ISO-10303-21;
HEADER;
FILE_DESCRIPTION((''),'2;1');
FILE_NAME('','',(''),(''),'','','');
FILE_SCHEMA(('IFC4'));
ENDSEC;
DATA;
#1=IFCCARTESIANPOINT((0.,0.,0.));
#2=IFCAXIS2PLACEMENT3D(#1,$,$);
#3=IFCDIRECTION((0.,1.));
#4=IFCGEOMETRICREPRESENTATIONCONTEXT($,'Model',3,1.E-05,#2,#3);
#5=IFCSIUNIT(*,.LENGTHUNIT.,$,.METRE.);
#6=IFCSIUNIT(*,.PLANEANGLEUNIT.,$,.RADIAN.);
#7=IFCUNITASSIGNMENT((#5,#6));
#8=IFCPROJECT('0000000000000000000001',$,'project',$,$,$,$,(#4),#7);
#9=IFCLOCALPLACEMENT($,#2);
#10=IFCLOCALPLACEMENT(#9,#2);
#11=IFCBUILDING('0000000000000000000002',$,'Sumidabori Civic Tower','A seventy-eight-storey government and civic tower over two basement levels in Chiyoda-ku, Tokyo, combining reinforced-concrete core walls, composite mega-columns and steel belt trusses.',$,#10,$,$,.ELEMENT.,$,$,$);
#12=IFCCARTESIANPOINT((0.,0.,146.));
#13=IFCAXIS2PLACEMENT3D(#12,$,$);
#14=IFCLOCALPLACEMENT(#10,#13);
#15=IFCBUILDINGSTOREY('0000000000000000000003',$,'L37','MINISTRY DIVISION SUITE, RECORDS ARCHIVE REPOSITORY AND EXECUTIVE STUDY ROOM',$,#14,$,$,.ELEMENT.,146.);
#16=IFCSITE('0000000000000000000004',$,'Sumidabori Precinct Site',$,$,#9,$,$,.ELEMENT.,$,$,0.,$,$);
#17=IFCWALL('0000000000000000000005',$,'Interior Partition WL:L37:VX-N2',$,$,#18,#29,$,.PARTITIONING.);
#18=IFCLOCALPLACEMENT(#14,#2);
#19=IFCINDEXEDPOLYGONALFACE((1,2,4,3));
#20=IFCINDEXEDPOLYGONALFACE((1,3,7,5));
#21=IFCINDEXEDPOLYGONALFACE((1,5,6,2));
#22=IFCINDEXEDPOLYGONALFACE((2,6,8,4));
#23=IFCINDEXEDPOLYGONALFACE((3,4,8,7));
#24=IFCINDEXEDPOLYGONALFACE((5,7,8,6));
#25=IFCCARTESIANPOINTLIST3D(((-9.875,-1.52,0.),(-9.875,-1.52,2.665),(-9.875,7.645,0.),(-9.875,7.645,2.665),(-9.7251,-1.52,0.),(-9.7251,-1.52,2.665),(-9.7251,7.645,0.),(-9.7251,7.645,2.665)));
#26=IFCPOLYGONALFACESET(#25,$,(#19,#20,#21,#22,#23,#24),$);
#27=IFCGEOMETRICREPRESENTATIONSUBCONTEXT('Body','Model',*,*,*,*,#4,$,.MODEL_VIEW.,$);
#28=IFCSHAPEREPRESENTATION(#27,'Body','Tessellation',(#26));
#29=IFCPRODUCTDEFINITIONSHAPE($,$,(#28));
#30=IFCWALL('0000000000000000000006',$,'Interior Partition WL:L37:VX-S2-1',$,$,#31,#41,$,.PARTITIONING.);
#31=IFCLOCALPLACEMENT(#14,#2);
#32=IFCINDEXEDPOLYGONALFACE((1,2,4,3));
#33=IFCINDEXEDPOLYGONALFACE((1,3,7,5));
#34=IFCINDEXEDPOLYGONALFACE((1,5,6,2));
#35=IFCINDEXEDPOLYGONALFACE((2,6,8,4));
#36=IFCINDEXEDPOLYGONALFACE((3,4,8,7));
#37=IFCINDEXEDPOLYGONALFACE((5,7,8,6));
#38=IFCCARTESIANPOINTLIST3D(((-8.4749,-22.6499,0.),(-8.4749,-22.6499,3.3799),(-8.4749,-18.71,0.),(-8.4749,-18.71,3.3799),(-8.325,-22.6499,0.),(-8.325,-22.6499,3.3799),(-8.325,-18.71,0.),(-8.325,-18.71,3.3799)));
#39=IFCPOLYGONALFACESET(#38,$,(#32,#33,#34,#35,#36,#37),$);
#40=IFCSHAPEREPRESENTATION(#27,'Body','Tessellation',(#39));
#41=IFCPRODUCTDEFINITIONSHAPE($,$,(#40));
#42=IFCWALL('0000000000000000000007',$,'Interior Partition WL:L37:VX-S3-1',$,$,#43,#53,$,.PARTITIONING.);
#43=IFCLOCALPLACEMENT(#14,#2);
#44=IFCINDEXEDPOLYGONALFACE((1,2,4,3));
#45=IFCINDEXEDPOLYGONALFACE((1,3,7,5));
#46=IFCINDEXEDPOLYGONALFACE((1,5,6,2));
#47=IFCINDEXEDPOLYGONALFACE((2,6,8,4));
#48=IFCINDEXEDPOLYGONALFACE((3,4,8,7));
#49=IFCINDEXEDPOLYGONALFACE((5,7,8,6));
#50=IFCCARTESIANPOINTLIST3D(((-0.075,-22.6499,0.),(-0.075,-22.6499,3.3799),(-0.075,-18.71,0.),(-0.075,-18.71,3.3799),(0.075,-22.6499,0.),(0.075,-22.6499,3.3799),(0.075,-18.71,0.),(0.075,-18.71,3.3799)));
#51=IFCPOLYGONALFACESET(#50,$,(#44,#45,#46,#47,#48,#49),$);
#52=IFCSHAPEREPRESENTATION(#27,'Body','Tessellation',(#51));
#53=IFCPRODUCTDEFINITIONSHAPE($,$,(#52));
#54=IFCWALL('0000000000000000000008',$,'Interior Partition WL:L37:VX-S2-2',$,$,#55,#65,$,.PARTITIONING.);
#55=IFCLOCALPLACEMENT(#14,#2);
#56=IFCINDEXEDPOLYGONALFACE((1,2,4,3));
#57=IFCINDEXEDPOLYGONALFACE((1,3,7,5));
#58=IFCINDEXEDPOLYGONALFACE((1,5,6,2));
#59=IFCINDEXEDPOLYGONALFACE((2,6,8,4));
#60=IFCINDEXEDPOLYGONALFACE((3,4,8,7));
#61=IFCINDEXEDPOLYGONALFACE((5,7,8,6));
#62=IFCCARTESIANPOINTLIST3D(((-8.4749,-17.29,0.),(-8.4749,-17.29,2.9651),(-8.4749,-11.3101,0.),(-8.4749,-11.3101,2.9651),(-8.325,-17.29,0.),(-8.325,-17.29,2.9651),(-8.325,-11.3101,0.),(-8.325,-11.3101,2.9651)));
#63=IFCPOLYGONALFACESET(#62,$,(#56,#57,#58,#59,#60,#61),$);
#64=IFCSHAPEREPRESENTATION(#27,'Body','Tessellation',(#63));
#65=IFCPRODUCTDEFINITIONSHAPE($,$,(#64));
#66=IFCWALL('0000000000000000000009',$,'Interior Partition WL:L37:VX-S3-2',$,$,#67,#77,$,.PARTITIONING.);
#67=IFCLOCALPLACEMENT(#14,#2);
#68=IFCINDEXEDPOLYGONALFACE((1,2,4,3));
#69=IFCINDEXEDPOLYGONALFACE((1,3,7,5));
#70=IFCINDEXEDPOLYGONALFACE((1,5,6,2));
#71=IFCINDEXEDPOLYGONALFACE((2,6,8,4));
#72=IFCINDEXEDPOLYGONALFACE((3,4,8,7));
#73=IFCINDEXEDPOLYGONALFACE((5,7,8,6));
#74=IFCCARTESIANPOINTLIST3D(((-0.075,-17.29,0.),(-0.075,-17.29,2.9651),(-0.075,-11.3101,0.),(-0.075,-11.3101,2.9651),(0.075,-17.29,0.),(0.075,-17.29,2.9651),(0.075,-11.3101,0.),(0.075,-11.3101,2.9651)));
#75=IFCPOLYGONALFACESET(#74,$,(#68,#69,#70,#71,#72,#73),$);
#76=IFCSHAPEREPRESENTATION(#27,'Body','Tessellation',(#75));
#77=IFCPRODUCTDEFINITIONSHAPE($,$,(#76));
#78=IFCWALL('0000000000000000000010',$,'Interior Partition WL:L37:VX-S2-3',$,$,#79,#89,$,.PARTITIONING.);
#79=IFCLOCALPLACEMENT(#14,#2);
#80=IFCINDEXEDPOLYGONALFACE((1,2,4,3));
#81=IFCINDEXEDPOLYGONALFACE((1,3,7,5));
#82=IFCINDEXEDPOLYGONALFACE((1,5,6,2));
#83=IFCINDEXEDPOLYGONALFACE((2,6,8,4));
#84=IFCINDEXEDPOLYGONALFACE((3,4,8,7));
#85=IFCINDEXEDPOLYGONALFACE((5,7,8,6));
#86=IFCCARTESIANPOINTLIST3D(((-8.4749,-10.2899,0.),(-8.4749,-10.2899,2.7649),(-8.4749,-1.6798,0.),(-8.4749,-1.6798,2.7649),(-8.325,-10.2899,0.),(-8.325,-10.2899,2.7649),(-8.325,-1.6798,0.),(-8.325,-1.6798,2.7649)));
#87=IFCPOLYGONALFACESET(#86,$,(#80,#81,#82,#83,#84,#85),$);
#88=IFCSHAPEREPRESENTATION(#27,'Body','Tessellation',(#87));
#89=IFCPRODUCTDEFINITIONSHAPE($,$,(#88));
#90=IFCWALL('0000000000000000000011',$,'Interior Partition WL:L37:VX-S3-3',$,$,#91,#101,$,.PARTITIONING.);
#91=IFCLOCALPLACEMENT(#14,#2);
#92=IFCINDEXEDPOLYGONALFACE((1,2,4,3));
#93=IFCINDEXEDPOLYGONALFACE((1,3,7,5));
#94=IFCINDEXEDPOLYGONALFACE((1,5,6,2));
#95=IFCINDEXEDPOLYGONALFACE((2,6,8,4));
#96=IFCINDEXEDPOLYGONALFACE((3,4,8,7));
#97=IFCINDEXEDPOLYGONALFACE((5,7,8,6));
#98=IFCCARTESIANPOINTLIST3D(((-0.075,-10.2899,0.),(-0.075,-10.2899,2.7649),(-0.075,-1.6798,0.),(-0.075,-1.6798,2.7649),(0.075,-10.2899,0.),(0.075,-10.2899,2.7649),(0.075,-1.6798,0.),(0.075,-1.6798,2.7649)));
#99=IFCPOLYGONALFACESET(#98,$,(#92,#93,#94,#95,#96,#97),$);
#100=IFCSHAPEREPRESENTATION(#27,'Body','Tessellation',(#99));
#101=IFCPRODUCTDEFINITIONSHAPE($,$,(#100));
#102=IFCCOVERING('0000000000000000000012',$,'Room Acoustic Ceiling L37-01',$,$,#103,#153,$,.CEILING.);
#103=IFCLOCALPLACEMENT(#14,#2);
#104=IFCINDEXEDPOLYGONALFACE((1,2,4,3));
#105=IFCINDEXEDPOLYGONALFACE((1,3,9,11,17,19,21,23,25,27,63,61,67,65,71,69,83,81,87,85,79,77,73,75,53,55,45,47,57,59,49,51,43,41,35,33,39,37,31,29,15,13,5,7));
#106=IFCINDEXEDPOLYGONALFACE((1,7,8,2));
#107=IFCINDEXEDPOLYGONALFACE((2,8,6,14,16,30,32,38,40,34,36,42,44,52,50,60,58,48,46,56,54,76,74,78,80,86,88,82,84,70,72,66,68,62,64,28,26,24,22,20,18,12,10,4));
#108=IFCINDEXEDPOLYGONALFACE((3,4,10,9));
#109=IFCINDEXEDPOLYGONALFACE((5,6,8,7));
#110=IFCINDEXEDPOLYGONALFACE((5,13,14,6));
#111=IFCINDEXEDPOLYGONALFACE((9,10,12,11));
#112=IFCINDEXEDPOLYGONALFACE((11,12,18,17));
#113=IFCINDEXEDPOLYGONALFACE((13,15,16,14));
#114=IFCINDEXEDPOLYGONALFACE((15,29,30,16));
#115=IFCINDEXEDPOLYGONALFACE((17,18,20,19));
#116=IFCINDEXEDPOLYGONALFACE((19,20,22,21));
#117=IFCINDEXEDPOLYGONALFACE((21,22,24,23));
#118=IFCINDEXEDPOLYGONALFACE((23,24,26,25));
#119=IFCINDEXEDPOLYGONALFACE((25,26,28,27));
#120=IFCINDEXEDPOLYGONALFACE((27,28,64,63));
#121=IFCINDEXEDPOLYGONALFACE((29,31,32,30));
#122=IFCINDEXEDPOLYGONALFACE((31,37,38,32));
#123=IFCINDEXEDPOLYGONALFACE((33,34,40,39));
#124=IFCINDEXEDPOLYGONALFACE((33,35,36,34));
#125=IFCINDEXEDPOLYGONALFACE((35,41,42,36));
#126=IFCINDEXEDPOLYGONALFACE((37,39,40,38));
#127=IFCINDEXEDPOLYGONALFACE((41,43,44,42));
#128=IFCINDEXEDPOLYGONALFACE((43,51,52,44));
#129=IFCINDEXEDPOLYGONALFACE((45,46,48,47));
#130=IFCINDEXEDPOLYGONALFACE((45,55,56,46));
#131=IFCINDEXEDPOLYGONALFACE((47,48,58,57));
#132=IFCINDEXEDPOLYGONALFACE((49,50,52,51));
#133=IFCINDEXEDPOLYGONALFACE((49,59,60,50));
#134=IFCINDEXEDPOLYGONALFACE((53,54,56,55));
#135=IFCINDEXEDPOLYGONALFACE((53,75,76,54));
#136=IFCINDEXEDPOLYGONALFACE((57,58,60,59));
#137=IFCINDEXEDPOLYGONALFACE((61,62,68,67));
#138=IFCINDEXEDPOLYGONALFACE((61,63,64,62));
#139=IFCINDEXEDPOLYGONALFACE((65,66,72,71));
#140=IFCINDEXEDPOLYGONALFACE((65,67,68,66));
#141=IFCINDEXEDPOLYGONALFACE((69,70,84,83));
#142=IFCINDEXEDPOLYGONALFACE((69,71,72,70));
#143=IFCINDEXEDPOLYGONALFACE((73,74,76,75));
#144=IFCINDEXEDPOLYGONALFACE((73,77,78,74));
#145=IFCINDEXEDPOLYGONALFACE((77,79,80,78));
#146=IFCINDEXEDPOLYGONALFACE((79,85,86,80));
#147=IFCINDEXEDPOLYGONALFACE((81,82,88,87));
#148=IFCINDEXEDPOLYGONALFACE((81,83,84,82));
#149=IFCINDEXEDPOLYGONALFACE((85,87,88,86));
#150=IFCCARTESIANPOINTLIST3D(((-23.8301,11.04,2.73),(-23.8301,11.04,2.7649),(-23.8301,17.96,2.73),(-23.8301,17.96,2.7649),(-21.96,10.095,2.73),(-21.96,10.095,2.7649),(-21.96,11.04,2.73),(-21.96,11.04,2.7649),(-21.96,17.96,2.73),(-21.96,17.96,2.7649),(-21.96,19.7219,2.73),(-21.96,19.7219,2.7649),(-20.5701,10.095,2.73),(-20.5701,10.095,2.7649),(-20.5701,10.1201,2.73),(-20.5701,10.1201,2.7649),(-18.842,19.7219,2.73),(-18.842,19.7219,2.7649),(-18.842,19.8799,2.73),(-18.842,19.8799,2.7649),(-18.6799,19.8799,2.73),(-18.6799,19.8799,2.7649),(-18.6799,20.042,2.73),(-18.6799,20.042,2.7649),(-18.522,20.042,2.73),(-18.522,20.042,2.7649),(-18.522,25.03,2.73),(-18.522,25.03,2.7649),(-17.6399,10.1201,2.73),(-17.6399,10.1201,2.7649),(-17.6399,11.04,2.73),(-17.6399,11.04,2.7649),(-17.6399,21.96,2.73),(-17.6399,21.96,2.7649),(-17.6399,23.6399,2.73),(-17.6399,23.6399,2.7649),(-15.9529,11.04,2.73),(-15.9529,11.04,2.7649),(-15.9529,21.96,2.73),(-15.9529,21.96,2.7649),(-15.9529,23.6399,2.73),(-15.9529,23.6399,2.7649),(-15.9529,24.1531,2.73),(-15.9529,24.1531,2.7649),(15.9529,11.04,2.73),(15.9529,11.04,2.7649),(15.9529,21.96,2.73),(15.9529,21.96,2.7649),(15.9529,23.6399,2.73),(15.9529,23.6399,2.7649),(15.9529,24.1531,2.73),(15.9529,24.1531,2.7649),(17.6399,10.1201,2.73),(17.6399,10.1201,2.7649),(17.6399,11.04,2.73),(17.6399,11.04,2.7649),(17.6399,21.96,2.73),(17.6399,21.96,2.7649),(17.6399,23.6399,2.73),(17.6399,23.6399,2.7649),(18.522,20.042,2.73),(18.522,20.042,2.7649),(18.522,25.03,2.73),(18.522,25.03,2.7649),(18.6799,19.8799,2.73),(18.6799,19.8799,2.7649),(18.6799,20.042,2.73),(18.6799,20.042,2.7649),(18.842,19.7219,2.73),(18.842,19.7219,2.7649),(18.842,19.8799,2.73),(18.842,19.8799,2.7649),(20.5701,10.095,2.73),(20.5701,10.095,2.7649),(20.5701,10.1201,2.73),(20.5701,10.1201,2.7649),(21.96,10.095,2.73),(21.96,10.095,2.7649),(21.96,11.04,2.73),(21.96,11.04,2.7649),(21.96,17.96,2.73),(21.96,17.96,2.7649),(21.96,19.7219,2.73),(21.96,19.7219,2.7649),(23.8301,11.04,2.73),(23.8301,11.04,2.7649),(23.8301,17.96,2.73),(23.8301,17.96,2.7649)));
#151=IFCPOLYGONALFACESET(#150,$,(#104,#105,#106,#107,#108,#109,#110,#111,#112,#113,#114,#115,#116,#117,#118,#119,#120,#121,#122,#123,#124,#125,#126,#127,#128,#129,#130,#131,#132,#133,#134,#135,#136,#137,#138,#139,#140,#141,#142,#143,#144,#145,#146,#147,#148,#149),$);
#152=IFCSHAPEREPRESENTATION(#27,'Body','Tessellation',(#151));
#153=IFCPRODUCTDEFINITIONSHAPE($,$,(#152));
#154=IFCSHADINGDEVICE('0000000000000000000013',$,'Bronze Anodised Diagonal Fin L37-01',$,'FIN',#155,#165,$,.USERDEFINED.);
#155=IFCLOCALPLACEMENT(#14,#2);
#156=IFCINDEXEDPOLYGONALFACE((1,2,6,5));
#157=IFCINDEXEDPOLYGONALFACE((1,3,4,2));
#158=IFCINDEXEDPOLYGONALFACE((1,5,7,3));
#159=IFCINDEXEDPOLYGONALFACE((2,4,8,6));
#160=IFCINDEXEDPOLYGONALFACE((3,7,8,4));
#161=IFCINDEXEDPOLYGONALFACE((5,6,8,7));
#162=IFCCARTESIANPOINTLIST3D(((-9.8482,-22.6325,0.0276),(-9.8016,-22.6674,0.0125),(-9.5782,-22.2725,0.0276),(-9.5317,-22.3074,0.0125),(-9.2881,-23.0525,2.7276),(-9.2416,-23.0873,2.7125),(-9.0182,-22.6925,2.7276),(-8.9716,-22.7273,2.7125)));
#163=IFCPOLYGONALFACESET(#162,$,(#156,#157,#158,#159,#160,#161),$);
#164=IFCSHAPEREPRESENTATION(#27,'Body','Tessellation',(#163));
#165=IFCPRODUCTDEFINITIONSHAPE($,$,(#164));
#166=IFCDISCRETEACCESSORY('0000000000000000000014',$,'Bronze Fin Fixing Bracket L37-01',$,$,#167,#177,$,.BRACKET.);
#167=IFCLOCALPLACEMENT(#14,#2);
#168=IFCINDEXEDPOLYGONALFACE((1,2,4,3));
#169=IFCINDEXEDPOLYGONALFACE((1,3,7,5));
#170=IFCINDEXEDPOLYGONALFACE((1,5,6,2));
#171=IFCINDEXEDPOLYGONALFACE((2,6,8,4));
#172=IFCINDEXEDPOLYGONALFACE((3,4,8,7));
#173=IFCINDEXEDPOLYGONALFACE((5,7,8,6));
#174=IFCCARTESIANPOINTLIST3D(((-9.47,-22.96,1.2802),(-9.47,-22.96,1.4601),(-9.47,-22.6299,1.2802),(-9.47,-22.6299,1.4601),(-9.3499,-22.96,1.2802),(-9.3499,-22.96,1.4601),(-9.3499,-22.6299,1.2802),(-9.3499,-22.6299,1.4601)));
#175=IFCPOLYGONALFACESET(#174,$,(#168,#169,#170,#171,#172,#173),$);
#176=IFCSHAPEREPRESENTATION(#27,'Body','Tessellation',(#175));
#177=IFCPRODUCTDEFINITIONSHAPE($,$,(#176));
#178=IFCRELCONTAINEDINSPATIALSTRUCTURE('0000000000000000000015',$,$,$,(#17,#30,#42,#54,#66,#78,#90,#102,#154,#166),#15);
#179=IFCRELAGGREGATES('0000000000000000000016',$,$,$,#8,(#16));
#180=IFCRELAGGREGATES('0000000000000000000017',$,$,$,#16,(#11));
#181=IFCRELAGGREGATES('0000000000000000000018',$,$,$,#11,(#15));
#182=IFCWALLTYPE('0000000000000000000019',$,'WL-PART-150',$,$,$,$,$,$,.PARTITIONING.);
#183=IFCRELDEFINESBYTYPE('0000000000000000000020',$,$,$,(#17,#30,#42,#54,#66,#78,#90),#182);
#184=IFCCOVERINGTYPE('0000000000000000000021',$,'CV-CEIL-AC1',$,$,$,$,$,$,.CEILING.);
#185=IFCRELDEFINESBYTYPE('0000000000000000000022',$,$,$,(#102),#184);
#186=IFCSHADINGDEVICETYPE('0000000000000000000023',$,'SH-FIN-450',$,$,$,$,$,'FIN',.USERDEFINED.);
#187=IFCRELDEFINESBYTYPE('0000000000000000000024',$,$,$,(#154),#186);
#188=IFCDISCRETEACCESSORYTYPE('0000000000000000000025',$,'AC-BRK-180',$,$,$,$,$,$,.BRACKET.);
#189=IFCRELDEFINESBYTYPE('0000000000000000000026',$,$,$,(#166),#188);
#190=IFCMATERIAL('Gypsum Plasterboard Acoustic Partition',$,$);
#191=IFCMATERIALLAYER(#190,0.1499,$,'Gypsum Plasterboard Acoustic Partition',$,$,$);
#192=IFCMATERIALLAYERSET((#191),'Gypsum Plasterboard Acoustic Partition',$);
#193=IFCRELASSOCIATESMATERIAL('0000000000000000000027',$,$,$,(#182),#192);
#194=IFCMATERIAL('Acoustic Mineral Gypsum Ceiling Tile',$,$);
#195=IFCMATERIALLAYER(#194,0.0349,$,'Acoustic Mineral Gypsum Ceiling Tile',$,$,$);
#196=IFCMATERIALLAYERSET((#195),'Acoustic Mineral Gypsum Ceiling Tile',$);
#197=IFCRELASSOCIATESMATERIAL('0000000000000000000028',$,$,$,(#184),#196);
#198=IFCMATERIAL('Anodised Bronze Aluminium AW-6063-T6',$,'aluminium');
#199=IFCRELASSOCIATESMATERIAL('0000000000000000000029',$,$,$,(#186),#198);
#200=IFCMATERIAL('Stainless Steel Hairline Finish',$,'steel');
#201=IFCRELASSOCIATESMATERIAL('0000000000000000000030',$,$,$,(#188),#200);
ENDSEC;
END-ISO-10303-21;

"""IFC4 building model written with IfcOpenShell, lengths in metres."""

from ifc_helpers import new_model, si_unit, direction, frame, frame_2d, origin, origin_2d, place, context, subcontext, project, spatial, polyline, rectangle, outline, extrude, source, transform, mapped, material, layer, layer_set, material_profile, profile_set, type_object, element, save


model = new_model("IFC4")

# Units and contexts
model_context = context("Model", 3, precision=1e-05, world=origin(), true_north=direction((0.0, 1.0)))
body_context = subcontext(model_context, "Body", "Model", "MODEL_VIEW")
ifc_project = project(units=[si_unit("LENGTHUNIT", "METRE"), si_unit("PLANEANGLEUNIT", "RADIAN")], contexts=[model_context])

# Site, building, storey
site_placement = place(None, origin())
site = spatial("IfcSite", under=ifc_project, at=site_placement, Name="Sumidabori Precinct Site", CompositionType="ELEMENT", RefElevation=0.0)
building_placement = place(site_placement, origin())
building = spatial("IfcBuilding", under=site, at=building_placement, Name="Sumidabori Civic Tower", Description="A seventy-eight-storey government and civic tower over two basement levels in Chiyoda-ku, Tokyo, combining reinforced-concrete core walls, composite mega-columns and steel belt trusses.", CompositionType="ELEMENT")
storey_placement = place(building_placement, frame((0.0, 0.0, 146.0)))
storey = spatial("IfcBuildingStorey", under=building, at=storey_placement, Name="L37", Description="MINISTRY DIVISION SUITE, RECORDS ARCHIVE REPOSITORY AND EXECUTIVE STUDY ROOM", CompositionType="ELEMENT", Elevation=146.0)

# Shared definitions
ifc_material_1 = material(Name="Anodised Bronze Aluminium AW-6063-T6", Category="aluminium")

# Walls
ifc_material_2 = material(Name="Gypsum Plasterboard Acoustic Partition")
ifc_layer_1 = layer(ifc_material_2, 0.1499, Name="Gypsum Plasterboard Acoustic Partition")
ifc_layer_set_1 = layer_set([ifc_layer_1], Name="Gypsum Plasterboard Acoustic Partition")
wall_type = type_object("IfcWallType", Name="WL-PART-150", PredefinedType="PARTITIONING", material=ifc_layer_set_1)
shared_shape_1 = source(origin(), body_context, "Body", "SweptSolid", [
    extrude(rectangle(XDim=9.165, YDim=0.1499, at=frame_2d((4.5825, 0.0))), origin(), (0.0, 0.0, 1.0), 2.665),
])
wall_placement = place(storey_placement, frame((-9.8, -1.52, 0.0), z_axis=(0.0, 0.0, 1.0), x_axis=(0.0, 1.0, 0.0)))
element("IfcWall", 1, at=wall_placement, inside=storey, type_object=wall_type, Name="Interior Partition WL:L37:VX-N2", PredefinedType="PARTITIONING", context=body_context, shape_type="MappedRepresentation", body=[
    mapped(shared_shape_1, transform((0.0, 0.0, 0.0), x_axis=(1.0, 0.0, 0.0), y_axis=(0.0, 1.0, 0.0), z_axis=(0.0, 0.0, 1.0), scale=1.0)),
])
shared_shape_2 = source(origin(), body_context, "Body", "SweptSolid", [
    extrude(rectangle(XDim=3.9399, YDim=0.1499, at=frame_2d((1.97, 0.0))), origin(), (0.0, 0.0, 1.0), 3.3799),
])
for number, where, z_axis, x_axis, name in (
    (2, (-8.3999, -22.6499, 0.0), (0.0, 0.0, 1.0), (0.0, 1.0, 0.0), "Interior Partition WL:L37:VX-S2-1"),
    (3, (0.0, -22.6499, 0.0), (0.0, 0.0, 1.0), (0.0, 1.0, 0.0), "Interior Partition WL:L37:VX-S3-1"),
):
    element("IfcWall", number, at=place(storey_placement, frame(where, z_axis=z_axis, x_axis=x_axis)), inside=storey, type_object=wall_type, Name=name, PredefinedType="PARTITIONING", context=body_context, shape_type="MappedRepresentation", body=[
        mapped(shared_shape_2, transform((0.0, 0.0, 0.0), x_axis=(1.0, 0.0, 0.0), y_axis=(0.0, 1.0, 0.0), z_axis=(0.0, 0.0, 1.0), scale=1.0)),
    ])
shared_shape_3 = source(origin(), body_context, "Body", "SweptSolid", [
    extrude(rectangle(XDim=5.98, YDim=0.1499, at=frame_2d((2.99, 0.0))), origin(), (0.0, 0.0, 1.0), 2.9651),
])
for number, where, z_axis, x_axis, name in (
    (4, (-8.3999, -17.29, 0.0), (0.0, 0.0, 1.0), (0.0, 1.0, 0.0), "Interior Partition WL:L37:VX-S2-2"),
    (5, (0.0, -17.29, 0.0), (0.0, 0.0, 1.0), (0.0, 1.0, 0.0), "Interior Partition WL:L37:VX-S3-2"),
):
    element("IfcWall", number, at=place(storey_placement, frame(where, z_axis=z_axis, x_axis=x_axis)), inside=storey, type_object=wall_type, Name=name, PredefinedType="PARTITIONING", context=body_context, shape_type="MappedRepresentation", body=[
        mapped(shared_shape_3, transform((0.0, 0.0, 0.0), x_axis=(1.0, 0.0, 0.0), y_axis=(0.0, 1.0, 0.0), z_axis=(0.0, 0.0, 1.0), scale=1.0)),
    ])
shared_shape_4 = source(origin(), body_context, "Body", "SweptSolid", [
    extrude(rectangle(XDim=8.6101, YDim=0.1499, at=frame_2d((4.3052, 0.0))), origin(), (0.0, 0.0, 1.0), 2.7649),
])
for number, where, z_axis, x_axis, name in (
    (6, (-8.3999, -10.29, 0.0), (0.0, 0.0, 1.0), (0.0, 1.0, 0.0), "Interior Partition WL:L37:VX-S2-3"),
    (7, (0.0, -10.29, 0.0), (0.0, 0.0, 1.0), (0.0, 1.0, 0.0), "Interior Partition WL:L37:VX-S3-3"),
):
    element("IfcWall", number, at=place(storey_placement, frame(where, z_axis=z_axis, x_axis=x_axis)), inside=storey, type_object=wall_type, Name=name, PredefinedType="PARTITIONING", context=body_context, shape_type="MappedRepresentation", body=[
        mapped(shared_shape_4, transform((0.0, 0.0, 0.0), x_axis=(1.0, 0.0, 0.0), y_axis=(0.0, 1.0, 0.0), z_axis=(0.0, 0.0, 1.0), scale=1.0)),
    ])

# Covering
ifc_material_3 = material(Name="Acoustic Mineral Gypsum Ceiling Tile")
ifc_layer_2 = layer(ifc_material_3, 0.0349, Name="Acoustic Mineral Gypsum Ceiling Tile")
ifc_layer_set_2 = layer_set([ifc_layer_2], Name="Acoustic Mineral Gypsum Ceiling Tile")
covering_type = type_object("IfcCoveringType", Name="CV-CEIL-AC1", PredefinedType="CEILING", material=ifc_layer_set_2)
covering_placement = place(storey_placement, frame((0.0, 0.0, 2.73)))
element("IfcCovering", 8, at=covering_placement, inside=storey, type_object=covering_type, Name="Room Acoustic Ceiling L37-01", PredefinedType="CEILING", context=body_context, shape_type="SweptSolid", body=[
    extrude(outline(polyline([(-20.5701, 10.095), (-21.96, 10.095), (-21.96, 11.04), (-23.8301, 11.04), (-23.8301, 17.96), (-21.96, 17.96), (-21.96, 19.7219), (-18.842, 19.7219), (-18.842, 19.8799), (-18.6799, 19.8799), (-18.6799, 20.042), (-18.522, 20.042), (-18.522, 25.03), (18.522, 25.03), (18.522, 20.042), (18.6799, 20.042), (18.6799, 19.8799), (18.842, 19.8799), (18.842, 19.7219), (21.96, 19.7219), (21.96, 17.96), (23.8301, 17.96), (23.8301, 11.04), (21.96, 11.04), (21.96, 10.095), (20.5701, 10.095), (20.5701, 10.1201), (17.6399, 10.1201), (17.6399, 11.04), (15.9529, 11.04), (15.9529, 21.96), (17.6399, 21.96), (17.6399, 23.6399), (15.9529, 23.6399), (15.9529, 24.1531), (-15.9529, 24.1531), (-15.9529, 23.6399), (-17.6399, 23.6399), (-17.6399, 21.96), (-15.9529, 21.96), (-15.9529, 11.04), (-17.6399, 11.04), (-17.6399, 10.1201), (-20.5701, 10.1201), (-20.5701, 10.095)])), origin(), (0.0, 0.0, 1.0), 0.0349),
])

# Shading device
ifc_material_profile_1 = material_profile(ifc_material_1, rectangle(XDim=0.0601, YDim=0.45, at=origin_2d()), Name="BRONZE FIN 450x60")
ifc_profile_set_1 = profile_set([ifc_material_profile_1], Name="Anodised Bronze Aluminium AW-6063-T6")
shading_device_type = type_object("IfcShadingDeviceType", Name="SH-FIN-450", ElementType="FIN", PredefinedType="USERDEFINED", material=ifc_profile_set_1)
shared_shape_5 = source(origin(), body_context, "Body", "SweptSolid", [
    extrude(rectangle(XDim=0.0601, YDim=0.45, at=origin_2d()), origin(), (0.0, 0.0, 1.0), 2.7893),
])
shading_device_placement = place(storey_placement, frame((-9.6899, -22.47, 0.02), z_axis=(0.200794, -0.150552, 0.967996), x_axis=(0.774478, -0.580689, -0.250966)))
element("IfcShadingDevice", 9, at=shading_device_placement, inside=storey, type_object=shading_device_type, Name="Bronze Anodised Diagonal Fin L37-01", ObjectType="FIN", PredefinedType="USERDEFINED", context=body_context, shape_type="MappedRepresentation", body=[
    mapped(shared_shape_5, transform((0.0, 0.0, 0.0), x_axis=(1.0, 0.0, 0.0), y_axis=(0.0, 1.0, 0.0), z_axis=(0.0, 0.0, 1.0), scale=1.0)),
])

# Discrete accessory
ifc_material_4 = material(Name="Stainless Steel Hairline Finish", Category="steel")
ifc_material_profile_2 = material_profile(ifc_material_4, rectangle(XDim=0.1201, YDim=0.1799, at=origin_2d()), Name="STEEL BRACKET 180x120")
ifc_profile_set_2 = profile_set([ifc_material_profile_2], Name="Stainless Steel Hairline Finish")
discrete_accessory_type = type_object("IfcDiscreteAccessoryType", Name="AC-BRK-180", PredefinedType="BRACKET", material=ifc_profile_set_2)
shared_shape_6 = source(origin(), body_context, "Body", "SweptSolid", [
    extrude(rectangle(XDim=0.1201, YDim=0.1799, at=origin_2d()), origin(), (0.0, 0.0, 1.0), 0.3301),
])
discrete_accessory_placement = place(storey_placement, frame((-9.4099, -22.6299, 1.3701), z_axis=(0.0, -1.0, 0.0), x_axis=(1.0, 0.0, 0.0)))
element("IfcDiscreteAccessory", 10, at=discrete_accessory_placement, inside=storey, type_object=discrete_accessory_type, Name="Bronze Fin Fixing Bracket L37-01", PredefinedType="BRACKET", context=body_context, shape_type="MappedRepresentation", body=[
    mapped(shared_shape_6, transform((0.0, 0.0, 0.0), x_axis=(1.0, 0.0, 0.0), y_axis=(0.0, 1.0, 0.0), z_axis=(0.0, 0.0, 1.0), scale=1.0)),
])

save(model, "model.ifc")
